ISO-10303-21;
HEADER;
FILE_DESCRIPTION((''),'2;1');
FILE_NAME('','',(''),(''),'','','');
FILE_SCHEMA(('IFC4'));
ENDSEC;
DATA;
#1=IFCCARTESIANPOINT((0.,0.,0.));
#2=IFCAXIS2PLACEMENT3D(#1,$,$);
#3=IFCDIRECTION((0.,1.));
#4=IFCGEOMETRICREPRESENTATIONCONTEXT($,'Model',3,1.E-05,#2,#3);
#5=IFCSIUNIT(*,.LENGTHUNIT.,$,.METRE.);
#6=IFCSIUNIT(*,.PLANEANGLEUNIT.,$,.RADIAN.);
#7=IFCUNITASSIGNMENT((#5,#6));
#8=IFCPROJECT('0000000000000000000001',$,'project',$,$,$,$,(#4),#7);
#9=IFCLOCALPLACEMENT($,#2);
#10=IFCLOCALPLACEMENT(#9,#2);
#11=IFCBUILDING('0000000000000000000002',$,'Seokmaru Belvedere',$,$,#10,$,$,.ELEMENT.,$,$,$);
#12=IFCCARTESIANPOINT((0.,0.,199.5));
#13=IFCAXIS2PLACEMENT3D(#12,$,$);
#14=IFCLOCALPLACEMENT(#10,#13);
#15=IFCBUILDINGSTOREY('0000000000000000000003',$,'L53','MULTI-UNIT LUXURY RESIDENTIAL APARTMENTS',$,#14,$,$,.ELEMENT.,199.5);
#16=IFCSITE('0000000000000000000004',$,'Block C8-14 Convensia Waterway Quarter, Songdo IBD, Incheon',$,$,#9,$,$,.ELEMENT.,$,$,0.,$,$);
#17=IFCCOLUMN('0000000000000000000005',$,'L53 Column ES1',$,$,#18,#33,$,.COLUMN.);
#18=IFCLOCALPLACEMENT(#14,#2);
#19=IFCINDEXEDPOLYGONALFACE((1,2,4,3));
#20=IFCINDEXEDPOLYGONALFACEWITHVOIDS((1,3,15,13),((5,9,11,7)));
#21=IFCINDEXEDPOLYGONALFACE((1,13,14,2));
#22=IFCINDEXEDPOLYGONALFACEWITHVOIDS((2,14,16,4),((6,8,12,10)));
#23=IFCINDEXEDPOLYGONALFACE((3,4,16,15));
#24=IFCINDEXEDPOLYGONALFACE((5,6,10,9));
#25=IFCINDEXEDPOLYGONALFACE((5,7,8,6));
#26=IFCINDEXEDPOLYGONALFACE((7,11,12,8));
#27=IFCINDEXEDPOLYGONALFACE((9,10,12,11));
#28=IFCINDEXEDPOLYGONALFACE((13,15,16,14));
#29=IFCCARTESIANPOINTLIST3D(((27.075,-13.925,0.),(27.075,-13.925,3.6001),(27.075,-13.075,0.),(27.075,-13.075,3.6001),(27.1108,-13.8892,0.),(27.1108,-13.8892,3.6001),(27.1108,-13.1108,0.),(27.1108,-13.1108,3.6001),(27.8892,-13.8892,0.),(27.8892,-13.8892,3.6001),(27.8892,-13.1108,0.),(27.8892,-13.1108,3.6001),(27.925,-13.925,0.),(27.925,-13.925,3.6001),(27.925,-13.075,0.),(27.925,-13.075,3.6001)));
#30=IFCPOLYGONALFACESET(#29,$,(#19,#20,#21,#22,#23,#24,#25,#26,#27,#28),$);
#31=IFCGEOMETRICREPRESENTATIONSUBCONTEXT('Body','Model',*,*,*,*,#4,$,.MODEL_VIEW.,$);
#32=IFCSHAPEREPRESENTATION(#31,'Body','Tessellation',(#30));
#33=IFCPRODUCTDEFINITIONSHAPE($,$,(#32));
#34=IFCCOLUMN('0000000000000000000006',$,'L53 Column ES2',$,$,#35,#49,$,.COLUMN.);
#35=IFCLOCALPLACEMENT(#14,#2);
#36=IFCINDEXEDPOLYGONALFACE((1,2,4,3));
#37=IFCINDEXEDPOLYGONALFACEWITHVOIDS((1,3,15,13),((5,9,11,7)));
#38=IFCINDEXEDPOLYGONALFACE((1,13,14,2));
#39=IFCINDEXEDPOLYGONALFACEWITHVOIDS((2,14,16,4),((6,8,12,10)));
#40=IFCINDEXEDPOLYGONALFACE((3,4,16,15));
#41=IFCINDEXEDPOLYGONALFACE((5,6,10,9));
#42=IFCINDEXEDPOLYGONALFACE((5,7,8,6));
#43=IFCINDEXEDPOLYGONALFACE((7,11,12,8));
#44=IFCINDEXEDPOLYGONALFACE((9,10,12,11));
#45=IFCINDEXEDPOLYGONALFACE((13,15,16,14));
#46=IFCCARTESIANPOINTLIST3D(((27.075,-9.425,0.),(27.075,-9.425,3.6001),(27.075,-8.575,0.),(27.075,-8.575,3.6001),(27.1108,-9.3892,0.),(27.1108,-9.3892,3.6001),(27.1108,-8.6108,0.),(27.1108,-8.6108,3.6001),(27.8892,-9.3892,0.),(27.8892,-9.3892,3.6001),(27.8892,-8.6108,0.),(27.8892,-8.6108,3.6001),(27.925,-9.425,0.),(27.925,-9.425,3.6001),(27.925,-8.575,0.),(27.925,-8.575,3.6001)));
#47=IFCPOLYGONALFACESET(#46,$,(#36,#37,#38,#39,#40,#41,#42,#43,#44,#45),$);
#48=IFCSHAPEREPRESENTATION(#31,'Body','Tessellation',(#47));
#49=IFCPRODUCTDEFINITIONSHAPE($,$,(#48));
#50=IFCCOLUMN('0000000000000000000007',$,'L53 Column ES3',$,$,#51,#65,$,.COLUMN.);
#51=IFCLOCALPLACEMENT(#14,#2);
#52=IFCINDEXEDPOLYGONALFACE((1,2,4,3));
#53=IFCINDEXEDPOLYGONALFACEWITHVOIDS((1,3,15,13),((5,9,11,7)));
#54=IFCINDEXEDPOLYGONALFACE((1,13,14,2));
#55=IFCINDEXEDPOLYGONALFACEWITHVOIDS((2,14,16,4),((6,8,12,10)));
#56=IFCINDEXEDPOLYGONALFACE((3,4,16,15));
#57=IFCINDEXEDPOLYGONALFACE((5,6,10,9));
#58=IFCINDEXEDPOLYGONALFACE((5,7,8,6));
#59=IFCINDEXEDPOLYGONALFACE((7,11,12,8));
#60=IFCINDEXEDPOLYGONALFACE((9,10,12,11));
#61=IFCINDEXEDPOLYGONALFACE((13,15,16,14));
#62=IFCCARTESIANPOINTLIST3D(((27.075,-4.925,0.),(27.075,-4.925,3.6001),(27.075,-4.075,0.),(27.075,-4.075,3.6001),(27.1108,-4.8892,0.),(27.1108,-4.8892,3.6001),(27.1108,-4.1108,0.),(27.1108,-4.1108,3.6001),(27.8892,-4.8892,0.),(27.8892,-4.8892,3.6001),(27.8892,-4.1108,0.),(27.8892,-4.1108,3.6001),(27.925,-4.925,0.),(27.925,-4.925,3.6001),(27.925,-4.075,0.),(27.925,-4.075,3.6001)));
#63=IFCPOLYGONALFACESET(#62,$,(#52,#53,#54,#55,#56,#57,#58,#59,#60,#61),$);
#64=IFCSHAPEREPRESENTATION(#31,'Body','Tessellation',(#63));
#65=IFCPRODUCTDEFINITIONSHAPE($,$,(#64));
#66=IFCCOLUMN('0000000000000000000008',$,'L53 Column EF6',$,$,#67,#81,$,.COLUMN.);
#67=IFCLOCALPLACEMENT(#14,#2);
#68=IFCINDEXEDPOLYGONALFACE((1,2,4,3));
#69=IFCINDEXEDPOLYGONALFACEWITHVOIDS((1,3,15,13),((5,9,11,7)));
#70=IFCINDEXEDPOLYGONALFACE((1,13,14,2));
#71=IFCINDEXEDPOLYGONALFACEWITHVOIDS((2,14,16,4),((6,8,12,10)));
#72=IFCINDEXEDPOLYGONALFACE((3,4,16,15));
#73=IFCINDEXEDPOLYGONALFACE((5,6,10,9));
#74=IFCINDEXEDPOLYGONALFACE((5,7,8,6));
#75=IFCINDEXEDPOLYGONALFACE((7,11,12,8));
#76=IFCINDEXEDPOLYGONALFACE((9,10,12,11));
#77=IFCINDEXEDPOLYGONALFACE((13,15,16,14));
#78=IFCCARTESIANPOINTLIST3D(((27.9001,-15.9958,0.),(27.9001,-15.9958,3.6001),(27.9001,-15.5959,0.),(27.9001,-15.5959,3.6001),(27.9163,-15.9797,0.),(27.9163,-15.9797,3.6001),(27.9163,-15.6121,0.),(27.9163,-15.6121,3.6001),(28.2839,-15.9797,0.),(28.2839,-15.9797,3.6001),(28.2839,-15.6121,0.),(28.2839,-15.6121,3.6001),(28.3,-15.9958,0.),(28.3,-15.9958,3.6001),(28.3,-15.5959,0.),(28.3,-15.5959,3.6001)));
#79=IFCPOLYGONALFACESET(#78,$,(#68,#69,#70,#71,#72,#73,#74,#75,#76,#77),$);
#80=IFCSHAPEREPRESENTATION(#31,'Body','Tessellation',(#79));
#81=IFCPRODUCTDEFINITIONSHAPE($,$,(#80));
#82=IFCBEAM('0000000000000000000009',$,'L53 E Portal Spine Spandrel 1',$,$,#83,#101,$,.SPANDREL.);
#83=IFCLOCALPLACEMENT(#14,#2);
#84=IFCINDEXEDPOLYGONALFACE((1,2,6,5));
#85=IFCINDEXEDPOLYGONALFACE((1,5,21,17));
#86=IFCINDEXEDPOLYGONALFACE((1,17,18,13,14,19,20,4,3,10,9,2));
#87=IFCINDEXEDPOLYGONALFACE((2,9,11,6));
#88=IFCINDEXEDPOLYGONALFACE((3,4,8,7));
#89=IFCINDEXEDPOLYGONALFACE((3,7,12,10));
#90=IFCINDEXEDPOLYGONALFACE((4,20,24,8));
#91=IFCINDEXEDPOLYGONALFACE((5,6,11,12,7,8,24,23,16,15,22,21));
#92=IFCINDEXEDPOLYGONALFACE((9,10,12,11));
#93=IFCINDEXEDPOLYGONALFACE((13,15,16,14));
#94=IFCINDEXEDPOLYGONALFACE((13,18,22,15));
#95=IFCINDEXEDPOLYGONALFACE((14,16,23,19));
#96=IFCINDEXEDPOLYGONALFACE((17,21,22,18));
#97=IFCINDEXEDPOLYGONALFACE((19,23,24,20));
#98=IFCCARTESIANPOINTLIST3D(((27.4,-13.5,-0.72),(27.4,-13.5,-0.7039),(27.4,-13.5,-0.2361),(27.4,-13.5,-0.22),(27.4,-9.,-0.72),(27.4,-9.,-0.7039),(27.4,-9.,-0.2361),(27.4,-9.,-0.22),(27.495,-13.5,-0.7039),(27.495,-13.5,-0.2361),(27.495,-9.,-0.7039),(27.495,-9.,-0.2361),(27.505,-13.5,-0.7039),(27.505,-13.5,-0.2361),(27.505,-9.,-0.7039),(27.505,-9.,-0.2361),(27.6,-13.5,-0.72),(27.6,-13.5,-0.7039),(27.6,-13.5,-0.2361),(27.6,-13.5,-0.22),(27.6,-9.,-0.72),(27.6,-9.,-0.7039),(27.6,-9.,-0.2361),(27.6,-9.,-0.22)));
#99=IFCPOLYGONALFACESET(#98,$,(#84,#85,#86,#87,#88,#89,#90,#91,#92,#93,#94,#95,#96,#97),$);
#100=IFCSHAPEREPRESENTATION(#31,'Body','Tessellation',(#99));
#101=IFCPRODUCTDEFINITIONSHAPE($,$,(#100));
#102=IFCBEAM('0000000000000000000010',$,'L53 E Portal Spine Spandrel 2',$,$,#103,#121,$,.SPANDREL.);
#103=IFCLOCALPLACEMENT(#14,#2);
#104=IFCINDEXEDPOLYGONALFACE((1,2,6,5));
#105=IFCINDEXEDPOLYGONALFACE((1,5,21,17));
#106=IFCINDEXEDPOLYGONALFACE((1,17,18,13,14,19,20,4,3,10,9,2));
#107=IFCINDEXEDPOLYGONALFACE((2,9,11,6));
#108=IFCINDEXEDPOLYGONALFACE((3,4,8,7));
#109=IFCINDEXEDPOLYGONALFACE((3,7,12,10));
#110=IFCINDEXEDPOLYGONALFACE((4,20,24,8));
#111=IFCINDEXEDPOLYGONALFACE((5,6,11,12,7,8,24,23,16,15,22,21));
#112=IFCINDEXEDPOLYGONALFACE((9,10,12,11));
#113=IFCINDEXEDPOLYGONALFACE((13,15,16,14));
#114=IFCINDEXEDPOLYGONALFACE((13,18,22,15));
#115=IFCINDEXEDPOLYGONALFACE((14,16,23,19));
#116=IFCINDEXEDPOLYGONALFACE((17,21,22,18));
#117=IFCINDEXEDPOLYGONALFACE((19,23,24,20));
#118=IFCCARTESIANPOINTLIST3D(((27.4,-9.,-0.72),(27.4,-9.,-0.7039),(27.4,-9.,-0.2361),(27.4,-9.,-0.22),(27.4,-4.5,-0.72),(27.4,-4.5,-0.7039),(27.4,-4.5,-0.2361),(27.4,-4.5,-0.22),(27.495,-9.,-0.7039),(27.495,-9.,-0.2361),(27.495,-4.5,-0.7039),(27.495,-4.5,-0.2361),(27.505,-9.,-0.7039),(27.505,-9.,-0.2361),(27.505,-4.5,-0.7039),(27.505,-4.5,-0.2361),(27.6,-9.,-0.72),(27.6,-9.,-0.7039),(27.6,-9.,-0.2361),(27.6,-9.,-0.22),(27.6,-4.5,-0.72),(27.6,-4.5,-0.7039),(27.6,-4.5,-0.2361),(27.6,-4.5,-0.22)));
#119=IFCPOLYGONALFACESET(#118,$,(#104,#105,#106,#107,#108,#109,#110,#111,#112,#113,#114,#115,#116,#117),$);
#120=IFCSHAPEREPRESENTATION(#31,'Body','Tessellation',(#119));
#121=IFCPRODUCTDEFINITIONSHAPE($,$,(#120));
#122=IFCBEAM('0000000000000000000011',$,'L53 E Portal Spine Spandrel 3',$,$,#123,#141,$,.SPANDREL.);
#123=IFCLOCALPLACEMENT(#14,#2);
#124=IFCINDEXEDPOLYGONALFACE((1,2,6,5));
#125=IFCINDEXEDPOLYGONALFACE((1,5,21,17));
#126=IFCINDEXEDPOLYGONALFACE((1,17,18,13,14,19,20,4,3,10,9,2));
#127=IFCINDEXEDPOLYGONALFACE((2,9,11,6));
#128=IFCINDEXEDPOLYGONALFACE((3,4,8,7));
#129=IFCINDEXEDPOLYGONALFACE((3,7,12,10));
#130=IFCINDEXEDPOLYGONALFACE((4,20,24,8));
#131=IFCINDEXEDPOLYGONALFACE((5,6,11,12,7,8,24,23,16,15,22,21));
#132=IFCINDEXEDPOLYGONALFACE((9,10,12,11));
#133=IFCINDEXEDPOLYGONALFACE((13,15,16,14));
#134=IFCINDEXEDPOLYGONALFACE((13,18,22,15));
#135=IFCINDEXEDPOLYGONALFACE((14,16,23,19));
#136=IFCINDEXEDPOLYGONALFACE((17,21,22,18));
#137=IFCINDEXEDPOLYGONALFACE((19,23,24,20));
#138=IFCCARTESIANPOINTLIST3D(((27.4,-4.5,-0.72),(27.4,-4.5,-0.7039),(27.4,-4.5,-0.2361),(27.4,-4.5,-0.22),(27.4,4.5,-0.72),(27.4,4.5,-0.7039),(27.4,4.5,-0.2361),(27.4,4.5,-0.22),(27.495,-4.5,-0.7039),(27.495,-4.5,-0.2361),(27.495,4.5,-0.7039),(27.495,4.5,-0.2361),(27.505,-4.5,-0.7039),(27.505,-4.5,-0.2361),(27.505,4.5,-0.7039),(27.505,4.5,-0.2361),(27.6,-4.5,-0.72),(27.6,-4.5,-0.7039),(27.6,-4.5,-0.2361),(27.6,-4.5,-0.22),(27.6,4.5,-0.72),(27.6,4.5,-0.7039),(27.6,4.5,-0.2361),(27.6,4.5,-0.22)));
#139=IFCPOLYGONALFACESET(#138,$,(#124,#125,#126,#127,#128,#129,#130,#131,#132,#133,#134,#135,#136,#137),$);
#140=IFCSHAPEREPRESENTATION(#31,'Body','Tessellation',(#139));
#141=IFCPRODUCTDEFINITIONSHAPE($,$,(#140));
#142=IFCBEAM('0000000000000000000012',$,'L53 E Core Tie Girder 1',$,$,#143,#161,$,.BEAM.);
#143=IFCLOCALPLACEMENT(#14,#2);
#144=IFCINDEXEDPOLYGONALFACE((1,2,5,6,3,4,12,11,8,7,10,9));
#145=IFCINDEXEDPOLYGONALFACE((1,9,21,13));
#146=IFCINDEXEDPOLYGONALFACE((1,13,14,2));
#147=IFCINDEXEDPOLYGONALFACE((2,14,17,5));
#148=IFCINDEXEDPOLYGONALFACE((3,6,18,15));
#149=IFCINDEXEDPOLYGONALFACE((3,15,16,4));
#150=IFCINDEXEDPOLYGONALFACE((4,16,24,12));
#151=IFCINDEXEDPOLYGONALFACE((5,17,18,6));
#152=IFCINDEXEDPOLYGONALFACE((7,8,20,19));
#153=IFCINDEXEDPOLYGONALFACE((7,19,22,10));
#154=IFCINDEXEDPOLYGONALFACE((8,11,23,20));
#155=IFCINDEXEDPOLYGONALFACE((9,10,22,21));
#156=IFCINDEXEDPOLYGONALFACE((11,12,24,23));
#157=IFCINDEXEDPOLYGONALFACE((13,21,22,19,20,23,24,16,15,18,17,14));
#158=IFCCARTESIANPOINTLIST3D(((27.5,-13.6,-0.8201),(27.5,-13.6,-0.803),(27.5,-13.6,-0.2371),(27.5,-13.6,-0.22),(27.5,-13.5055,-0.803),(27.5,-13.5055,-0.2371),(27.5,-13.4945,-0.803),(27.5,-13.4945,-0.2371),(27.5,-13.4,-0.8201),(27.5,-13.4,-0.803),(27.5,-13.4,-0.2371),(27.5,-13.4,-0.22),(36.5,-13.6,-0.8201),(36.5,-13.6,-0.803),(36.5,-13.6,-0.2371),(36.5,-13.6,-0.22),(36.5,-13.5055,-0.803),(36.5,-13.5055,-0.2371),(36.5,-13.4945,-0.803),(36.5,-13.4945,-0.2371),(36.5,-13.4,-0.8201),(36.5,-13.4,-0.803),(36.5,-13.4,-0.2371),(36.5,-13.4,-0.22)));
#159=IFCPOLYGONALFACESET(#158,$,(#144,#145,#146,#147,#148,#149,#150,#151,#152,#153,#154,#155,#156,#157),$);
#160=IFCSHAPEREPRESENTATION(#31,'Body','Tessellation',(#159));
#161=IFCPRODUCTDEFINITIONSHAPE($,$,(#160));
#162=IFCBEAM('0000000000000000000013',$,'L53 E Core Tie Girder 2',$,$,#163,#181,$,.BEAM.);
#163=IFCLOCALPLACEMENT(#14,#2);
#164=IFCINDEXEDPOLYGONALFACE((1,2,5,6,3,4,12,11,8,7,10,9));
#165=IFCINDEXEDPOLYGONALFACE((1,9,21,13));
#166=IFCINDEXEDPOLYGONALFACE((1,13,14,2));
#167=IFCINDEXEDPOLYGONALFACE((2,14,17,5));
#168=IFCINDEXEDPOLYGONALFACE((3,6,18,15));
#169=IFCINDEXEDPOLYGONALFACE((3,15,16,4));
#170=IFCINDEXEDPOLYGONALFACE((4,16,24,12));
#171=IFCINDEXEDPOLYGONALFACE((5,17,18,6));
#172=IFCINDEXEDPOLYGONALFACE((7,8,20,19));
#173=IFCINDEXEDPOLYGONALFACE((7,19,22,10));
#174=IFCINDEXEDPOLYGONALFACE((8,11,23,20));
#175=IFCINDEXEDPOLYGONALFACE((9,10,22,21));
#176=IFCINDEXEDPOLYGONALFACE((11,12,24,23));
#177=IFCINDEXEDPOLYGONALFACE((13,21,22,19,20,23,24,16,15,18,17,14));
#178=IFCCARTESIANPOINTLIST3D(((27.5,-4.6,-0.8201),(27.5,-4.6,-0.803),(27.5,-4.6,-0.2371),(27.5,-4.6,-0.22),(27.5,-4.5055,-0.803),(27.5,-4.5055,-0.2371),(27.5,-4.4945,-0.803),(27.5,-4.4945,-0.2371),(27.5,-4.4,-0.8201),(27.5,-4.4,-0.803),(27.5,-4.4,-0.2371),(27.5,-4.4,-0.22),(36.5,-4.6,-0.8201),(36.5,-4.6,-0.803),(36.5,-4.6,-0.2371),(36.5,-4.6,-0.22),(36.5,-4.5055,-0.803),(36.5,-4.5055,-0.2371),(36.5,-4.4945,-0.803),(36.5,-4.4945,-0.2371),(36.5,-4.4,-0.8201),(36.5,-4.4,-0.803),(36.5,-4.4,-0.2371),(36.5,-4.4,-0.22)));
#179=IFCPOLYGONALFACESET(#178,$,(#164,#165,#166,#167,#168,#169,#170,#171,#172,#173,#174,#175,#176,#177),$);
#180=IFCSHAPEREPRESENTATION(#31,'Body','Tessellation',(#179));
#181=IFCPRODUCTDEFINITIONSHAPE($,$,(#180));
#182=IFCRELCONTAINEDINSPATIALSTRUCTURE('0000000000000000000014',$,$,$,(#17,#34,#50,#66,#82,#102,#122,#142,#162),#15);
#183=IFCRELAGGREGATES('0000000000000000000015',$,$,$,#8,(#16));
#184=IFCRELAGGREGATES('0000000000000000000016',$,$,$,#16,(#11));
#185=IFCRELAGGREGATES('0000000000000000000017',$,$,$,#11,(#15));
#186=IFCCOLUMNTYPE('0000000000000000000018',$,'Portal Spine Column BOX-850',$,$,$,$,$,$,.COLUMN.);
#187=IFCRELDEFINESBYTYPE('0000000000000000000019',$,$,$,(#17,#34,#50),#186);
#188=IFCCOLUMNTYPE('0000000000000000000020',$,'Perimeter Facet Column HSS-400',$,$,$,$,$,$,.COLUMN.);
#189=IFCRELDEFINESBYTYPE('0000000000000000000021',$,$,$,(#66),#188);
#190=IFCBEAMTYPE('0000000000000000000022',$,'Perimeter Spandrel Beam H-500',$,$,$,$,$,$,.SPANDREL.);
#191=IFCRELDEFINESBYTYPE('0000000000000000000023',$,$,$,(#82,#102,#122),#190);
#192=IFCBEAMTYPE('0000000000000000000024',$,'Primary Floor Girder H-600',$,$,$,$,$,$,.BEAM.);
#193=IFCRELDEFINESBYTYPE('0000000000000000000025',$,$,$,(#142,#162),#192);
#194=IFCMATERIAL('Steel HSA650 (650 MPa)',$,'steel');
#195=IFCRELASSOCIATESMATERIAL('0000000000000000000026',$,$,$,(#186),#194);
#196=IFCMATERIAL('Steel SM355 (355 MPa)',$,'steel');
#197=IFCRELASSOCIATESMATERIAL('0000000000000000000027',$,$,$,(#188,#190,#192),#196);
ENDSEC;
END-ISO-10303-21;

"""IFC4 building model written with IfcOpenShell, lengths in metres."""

from ifc_helpers import new_model, si_unit, direction, frame, origin, origin_2d, place, context, subcontext, project, spatial, hollow_rectangle, i_section, extrude, source, transform, mapped, material, material_profile, profile_set, type_object, type_shapes, element, save


model = new_model("IFC4")

# Units and contexts
model_context = context("Model", 3, precision=1e-05, world=origin(), true_north=direction((0.0, 1.0)))
body_context = subcontext(model_context, "Body", "Model", "MODEL_VIEW")
ifc_project = project(units=[si_unit("LENGTHUNIT", "METRE"), si_unit("PLANEANGLEUNIT", "RADIAN")], contexts=[model_context])

# Site, building, storey
site_placement = place(None, origin())
site = spatial("IfcSite", under=ifc_project, at=site_placement, Name="Block C8-14 Convensia Waterway Quarter, Songdo IBD, Incheon", CompositionType="ELEMENT", RefElevation=0.0)
building_placement = place(site_placement, origin())
building = spatial("IfcBuilding", under=site, at=building_placement, Name="Seokmaru Belvedere", CompositionType="ELEMENT")
storey_placement = place(building_placement, frame((0.0, 0.0, 199.5)))
storey = spatial("IfcBuildingStorey", under=building, at=storey_placement, Name="L53", Description="MULTI-UNIT LUXURY RESIDENTIAL APARTMENTS", CompositionType="ELEMENT", Elevation=199.5)

# Columns
ifc_material_1 = material(Name="Steel HSA650 (650 MPa)", Category="steel")
ifc_material_profile_1 = material_profile(ifc_material_1, hollow_rectangle(XDim=0.8501, YDim=0.8501, WallThickness=0.0359, at=origin_2d()), Name="BOX-850x850x36")
ifc_profile_set_1 = profile_set([ifc_material_profile_1], Name="Steel HSA650 (650 MPa)")
column_type_1 = type_object("IfcColumnType", Name="Portal Spine Column BOX-850", PredefinedType="COLUMN", material=ifc_profile_set_1)
shared_shape_1 = source(origin(), body_context, "Body", "SweptSolid", [
    extrude(hollow_rectangle(XDim=0.8501, YDim=0.8501, WallThickness=0.0359, at=origin_2d()), origin(), (0.0, 0.0, 1.0), 3.6001),
])
type_shapes(column_type_1, [shared_shape_1])
for number, where, z_axis, x_axis, name in (
    (1, (27.5, -13.5, 0.0), (0.0, 0.0, 1.0), (1.0, 0.0, 0.0), "L53 Column ES1"),
    (2, (27.5, -9.0, 0.0), (0.0, 0.0, 1.0), (1.0, 0.0, 0.0), "L53 Column ES2"),
    (3, (27.5, -4.5, 0.0), (0.0, 0.0, 1.0), (1.0, 0.0, 0.0), "L53 Column ES3"),
):
    element("IfcColumn", number, at=place(storey_placement, frame(where, z_axis=z_axis, x_axis=x_axis)), inside=storey, type_object=column_type_1, Name=name, PredefinedType="COLUMN", context=body_context, shape_type="MappedRepresentation", body=[
        mapped(shared_shape_1, transform((0.0, 0.0, 0.0), scale=1.0)),
    ])
ifc_material_2 = material(Name="Steel SM355 (355 MPa)", Category="steel")
ifc_material_profile_2 = material_profile(ifc_material_2, hollow_rectangle(XDim=0.3999, YDim=0.3999, WallThickness=0.0161, at=origin_2d()), Name="HSS-400x400x16")
ifc_profile_set_2 = profile_set([ifc_material_profile_2], Name="Steel SM355 (355 MPa)")
column_type_2 = type_object("IfcColumnType", Name="Perimeter Facet Column HSS-400", PredefinedType="COLUMN", material=ifc_profile_set_2)
shared_shape_2 = source(origin(), body_context, "Body", "SweptSolid", [
    extrude(hollow_rectangle(XDim=0.3999, YDim=0.3999, WallThickness=0.0161, at=origin_2d()), origin(), (0.0, 0.0, 1.0), 3.6001),
])
type_shapes(column_type_2, [shared_shape_2])
column_placement = place(storey_placement, frame((28.1001, -15.7959, 0.0), z_axis=(0.0, 0.0, 1.0), x_axis=(1.0, 0.0, 0.0)))
element("IfcColumn", 4, at=column_placement, inside=storey, type_object=column_type_2, Name="L53 Column EF6", PredefinedType="COLUMN", context=body_context, shape_type="MappedRepresentation", body=[
    mapped(shared_shape_2, transform((0.0, 0.0, 0.0), scale=1.0)),
])

# Beams
ifc_material_profile_3 = material_profile(ifc_material_2, i_section(OverallWidth=0.2, OverallDepth=0.5, WebThickness=0.01, FlangeThickness=0.0161, at=origin_2d()), Name="H-500x200x10x16")
ifc_profile_set_3 = profile_set([ifc_material_profile_3], Name="Steel SM355 (355 MPa)")
beam_type_1 = type_object("IfcBeamType", Name="Perimeter Spandrel Beam H-500", PredefinedType="SPANDREL", material=ifc_profile_set_3)
shared_shape_3 = source(origin(), body_context, "Body", "SweptSolid", [
    extrude(i_section(OverallWidth=0.2, OverallDepth=0.5, WebThickness=0.01, FlangeThickness=0.0161, at=origin_2d()), origin(), (0.0, 0.0, 1.0), 4.5),
])
for number, where, z_axis, x_axis, name in (
    (5, (27.5, -13.5, -0.47), (0.0, 1.0, 0.0), (-1.0, 0.0, 0.0), "L53 E Portal Spine Spandrel 1"),
    (6, (27.5, -9.0, -0.47), (0.0, 1.0, 0.0), (-1.0, 0.0, 0.0), "L53 E Portal Spine Spandrel 2"),
):
    element("IfcBeam", number, at=place(storey_placement, frame(where, z_axis=z_axis, x_axis=x_axis)), inside=storey, type_object=beam_type_1, Name=name, PredefinedType="SPANDREL", context=body_context, shape_type="MappedRepresentation", body=[
        mapped(shared_shape_3, transform((0.0, 0.0, 0.0), scale=1.0)),
    ])
shared_shape_4 = source(origin(), body_context, "Body", "SweptSolid", [
    extrude(i_section(OverallWidth=0.2, OverallDepth=0.5, WebThickness=0.01, FlangeThickness=0.0161, at=origin_2d()), origin(), (0.0, 0.0, 1.0), 9.0),
])
beam_1_placement = place(storey_placement, frame((27.5, -4.5, -0.47), z_axis=(0.0, 1.0, 0.0), x_axis=(-1.0, 0.0, 0.0)))
element("IfcBeam", 7, at=beam_1_placement, inside=storey, type_object=beam_type_1, Name="L53 E Portal Spine Spandrel 3", PredefinedType="SPANDREL", context=body_context, shape_type="MappedRepresentation", body=[
    mapped(shared_shape_4, transform((0.0, 0.0, 0.0), scale=1.0)),
])
ifc_material_profile_4 = material_profile(ifc_material_2, i_section(OverallWidth=0.2, OverallDepth=0.6001, WebThickness=0.011, FlangeThickness=0.0171, at=origin_2d()), Name="H-600x200x11x17")
ifc_profile_set_4 = profile_set([ifc_material_profile_4], Name="Steel SM355 (355 MPa)")
beam_type_2 = type_object("IfcBeamType", Name="Primary Floor Girder H-600", PredefinedType="BEAM", material=ifc_profile_set_4)
shared_shape_5 = source(origin(), body_context, "Body", "SweptSolid", [
    extrude(i_section(OverallWidth=0.2, OverallDepth=0.6001, WebThickness=0.011, FlangeThickness=0.0171, at=origin_2d()), origin(), (0.0, 0.0, 1.0), 9.0),
])
type_shapes(beam_type_2, [shared_shape_5])
for number, where, z_axis, x_axis, name in (
    (8, (27.5, -13.5, -0.52), (1.0, 0.0, 0.0), (0.0, 1.0, 0.0), "L53 E Core Tie Girder 1"),
    (9, (27.5, -4.5, -0.52), (1.0, 0.0, 0.0), (0.0, 1.0, 0.0), "L53 E Core Tie Girder 2"),
):
    element("IfcBeam", number, at=place(storey_placement, frame(where, z_axis=z_axis, x_axis=x_axis)), inside=storey, type_object=beam_type_2, Name=name, PredefinedType="BEAM", context=body_context, shape_type="MappedRepresentation", body=[
        mapped(shared_shape_5, transform((0.0, 0.0, 0.0), scale=1.0)),
    ])

save(model, "model.ifc")
